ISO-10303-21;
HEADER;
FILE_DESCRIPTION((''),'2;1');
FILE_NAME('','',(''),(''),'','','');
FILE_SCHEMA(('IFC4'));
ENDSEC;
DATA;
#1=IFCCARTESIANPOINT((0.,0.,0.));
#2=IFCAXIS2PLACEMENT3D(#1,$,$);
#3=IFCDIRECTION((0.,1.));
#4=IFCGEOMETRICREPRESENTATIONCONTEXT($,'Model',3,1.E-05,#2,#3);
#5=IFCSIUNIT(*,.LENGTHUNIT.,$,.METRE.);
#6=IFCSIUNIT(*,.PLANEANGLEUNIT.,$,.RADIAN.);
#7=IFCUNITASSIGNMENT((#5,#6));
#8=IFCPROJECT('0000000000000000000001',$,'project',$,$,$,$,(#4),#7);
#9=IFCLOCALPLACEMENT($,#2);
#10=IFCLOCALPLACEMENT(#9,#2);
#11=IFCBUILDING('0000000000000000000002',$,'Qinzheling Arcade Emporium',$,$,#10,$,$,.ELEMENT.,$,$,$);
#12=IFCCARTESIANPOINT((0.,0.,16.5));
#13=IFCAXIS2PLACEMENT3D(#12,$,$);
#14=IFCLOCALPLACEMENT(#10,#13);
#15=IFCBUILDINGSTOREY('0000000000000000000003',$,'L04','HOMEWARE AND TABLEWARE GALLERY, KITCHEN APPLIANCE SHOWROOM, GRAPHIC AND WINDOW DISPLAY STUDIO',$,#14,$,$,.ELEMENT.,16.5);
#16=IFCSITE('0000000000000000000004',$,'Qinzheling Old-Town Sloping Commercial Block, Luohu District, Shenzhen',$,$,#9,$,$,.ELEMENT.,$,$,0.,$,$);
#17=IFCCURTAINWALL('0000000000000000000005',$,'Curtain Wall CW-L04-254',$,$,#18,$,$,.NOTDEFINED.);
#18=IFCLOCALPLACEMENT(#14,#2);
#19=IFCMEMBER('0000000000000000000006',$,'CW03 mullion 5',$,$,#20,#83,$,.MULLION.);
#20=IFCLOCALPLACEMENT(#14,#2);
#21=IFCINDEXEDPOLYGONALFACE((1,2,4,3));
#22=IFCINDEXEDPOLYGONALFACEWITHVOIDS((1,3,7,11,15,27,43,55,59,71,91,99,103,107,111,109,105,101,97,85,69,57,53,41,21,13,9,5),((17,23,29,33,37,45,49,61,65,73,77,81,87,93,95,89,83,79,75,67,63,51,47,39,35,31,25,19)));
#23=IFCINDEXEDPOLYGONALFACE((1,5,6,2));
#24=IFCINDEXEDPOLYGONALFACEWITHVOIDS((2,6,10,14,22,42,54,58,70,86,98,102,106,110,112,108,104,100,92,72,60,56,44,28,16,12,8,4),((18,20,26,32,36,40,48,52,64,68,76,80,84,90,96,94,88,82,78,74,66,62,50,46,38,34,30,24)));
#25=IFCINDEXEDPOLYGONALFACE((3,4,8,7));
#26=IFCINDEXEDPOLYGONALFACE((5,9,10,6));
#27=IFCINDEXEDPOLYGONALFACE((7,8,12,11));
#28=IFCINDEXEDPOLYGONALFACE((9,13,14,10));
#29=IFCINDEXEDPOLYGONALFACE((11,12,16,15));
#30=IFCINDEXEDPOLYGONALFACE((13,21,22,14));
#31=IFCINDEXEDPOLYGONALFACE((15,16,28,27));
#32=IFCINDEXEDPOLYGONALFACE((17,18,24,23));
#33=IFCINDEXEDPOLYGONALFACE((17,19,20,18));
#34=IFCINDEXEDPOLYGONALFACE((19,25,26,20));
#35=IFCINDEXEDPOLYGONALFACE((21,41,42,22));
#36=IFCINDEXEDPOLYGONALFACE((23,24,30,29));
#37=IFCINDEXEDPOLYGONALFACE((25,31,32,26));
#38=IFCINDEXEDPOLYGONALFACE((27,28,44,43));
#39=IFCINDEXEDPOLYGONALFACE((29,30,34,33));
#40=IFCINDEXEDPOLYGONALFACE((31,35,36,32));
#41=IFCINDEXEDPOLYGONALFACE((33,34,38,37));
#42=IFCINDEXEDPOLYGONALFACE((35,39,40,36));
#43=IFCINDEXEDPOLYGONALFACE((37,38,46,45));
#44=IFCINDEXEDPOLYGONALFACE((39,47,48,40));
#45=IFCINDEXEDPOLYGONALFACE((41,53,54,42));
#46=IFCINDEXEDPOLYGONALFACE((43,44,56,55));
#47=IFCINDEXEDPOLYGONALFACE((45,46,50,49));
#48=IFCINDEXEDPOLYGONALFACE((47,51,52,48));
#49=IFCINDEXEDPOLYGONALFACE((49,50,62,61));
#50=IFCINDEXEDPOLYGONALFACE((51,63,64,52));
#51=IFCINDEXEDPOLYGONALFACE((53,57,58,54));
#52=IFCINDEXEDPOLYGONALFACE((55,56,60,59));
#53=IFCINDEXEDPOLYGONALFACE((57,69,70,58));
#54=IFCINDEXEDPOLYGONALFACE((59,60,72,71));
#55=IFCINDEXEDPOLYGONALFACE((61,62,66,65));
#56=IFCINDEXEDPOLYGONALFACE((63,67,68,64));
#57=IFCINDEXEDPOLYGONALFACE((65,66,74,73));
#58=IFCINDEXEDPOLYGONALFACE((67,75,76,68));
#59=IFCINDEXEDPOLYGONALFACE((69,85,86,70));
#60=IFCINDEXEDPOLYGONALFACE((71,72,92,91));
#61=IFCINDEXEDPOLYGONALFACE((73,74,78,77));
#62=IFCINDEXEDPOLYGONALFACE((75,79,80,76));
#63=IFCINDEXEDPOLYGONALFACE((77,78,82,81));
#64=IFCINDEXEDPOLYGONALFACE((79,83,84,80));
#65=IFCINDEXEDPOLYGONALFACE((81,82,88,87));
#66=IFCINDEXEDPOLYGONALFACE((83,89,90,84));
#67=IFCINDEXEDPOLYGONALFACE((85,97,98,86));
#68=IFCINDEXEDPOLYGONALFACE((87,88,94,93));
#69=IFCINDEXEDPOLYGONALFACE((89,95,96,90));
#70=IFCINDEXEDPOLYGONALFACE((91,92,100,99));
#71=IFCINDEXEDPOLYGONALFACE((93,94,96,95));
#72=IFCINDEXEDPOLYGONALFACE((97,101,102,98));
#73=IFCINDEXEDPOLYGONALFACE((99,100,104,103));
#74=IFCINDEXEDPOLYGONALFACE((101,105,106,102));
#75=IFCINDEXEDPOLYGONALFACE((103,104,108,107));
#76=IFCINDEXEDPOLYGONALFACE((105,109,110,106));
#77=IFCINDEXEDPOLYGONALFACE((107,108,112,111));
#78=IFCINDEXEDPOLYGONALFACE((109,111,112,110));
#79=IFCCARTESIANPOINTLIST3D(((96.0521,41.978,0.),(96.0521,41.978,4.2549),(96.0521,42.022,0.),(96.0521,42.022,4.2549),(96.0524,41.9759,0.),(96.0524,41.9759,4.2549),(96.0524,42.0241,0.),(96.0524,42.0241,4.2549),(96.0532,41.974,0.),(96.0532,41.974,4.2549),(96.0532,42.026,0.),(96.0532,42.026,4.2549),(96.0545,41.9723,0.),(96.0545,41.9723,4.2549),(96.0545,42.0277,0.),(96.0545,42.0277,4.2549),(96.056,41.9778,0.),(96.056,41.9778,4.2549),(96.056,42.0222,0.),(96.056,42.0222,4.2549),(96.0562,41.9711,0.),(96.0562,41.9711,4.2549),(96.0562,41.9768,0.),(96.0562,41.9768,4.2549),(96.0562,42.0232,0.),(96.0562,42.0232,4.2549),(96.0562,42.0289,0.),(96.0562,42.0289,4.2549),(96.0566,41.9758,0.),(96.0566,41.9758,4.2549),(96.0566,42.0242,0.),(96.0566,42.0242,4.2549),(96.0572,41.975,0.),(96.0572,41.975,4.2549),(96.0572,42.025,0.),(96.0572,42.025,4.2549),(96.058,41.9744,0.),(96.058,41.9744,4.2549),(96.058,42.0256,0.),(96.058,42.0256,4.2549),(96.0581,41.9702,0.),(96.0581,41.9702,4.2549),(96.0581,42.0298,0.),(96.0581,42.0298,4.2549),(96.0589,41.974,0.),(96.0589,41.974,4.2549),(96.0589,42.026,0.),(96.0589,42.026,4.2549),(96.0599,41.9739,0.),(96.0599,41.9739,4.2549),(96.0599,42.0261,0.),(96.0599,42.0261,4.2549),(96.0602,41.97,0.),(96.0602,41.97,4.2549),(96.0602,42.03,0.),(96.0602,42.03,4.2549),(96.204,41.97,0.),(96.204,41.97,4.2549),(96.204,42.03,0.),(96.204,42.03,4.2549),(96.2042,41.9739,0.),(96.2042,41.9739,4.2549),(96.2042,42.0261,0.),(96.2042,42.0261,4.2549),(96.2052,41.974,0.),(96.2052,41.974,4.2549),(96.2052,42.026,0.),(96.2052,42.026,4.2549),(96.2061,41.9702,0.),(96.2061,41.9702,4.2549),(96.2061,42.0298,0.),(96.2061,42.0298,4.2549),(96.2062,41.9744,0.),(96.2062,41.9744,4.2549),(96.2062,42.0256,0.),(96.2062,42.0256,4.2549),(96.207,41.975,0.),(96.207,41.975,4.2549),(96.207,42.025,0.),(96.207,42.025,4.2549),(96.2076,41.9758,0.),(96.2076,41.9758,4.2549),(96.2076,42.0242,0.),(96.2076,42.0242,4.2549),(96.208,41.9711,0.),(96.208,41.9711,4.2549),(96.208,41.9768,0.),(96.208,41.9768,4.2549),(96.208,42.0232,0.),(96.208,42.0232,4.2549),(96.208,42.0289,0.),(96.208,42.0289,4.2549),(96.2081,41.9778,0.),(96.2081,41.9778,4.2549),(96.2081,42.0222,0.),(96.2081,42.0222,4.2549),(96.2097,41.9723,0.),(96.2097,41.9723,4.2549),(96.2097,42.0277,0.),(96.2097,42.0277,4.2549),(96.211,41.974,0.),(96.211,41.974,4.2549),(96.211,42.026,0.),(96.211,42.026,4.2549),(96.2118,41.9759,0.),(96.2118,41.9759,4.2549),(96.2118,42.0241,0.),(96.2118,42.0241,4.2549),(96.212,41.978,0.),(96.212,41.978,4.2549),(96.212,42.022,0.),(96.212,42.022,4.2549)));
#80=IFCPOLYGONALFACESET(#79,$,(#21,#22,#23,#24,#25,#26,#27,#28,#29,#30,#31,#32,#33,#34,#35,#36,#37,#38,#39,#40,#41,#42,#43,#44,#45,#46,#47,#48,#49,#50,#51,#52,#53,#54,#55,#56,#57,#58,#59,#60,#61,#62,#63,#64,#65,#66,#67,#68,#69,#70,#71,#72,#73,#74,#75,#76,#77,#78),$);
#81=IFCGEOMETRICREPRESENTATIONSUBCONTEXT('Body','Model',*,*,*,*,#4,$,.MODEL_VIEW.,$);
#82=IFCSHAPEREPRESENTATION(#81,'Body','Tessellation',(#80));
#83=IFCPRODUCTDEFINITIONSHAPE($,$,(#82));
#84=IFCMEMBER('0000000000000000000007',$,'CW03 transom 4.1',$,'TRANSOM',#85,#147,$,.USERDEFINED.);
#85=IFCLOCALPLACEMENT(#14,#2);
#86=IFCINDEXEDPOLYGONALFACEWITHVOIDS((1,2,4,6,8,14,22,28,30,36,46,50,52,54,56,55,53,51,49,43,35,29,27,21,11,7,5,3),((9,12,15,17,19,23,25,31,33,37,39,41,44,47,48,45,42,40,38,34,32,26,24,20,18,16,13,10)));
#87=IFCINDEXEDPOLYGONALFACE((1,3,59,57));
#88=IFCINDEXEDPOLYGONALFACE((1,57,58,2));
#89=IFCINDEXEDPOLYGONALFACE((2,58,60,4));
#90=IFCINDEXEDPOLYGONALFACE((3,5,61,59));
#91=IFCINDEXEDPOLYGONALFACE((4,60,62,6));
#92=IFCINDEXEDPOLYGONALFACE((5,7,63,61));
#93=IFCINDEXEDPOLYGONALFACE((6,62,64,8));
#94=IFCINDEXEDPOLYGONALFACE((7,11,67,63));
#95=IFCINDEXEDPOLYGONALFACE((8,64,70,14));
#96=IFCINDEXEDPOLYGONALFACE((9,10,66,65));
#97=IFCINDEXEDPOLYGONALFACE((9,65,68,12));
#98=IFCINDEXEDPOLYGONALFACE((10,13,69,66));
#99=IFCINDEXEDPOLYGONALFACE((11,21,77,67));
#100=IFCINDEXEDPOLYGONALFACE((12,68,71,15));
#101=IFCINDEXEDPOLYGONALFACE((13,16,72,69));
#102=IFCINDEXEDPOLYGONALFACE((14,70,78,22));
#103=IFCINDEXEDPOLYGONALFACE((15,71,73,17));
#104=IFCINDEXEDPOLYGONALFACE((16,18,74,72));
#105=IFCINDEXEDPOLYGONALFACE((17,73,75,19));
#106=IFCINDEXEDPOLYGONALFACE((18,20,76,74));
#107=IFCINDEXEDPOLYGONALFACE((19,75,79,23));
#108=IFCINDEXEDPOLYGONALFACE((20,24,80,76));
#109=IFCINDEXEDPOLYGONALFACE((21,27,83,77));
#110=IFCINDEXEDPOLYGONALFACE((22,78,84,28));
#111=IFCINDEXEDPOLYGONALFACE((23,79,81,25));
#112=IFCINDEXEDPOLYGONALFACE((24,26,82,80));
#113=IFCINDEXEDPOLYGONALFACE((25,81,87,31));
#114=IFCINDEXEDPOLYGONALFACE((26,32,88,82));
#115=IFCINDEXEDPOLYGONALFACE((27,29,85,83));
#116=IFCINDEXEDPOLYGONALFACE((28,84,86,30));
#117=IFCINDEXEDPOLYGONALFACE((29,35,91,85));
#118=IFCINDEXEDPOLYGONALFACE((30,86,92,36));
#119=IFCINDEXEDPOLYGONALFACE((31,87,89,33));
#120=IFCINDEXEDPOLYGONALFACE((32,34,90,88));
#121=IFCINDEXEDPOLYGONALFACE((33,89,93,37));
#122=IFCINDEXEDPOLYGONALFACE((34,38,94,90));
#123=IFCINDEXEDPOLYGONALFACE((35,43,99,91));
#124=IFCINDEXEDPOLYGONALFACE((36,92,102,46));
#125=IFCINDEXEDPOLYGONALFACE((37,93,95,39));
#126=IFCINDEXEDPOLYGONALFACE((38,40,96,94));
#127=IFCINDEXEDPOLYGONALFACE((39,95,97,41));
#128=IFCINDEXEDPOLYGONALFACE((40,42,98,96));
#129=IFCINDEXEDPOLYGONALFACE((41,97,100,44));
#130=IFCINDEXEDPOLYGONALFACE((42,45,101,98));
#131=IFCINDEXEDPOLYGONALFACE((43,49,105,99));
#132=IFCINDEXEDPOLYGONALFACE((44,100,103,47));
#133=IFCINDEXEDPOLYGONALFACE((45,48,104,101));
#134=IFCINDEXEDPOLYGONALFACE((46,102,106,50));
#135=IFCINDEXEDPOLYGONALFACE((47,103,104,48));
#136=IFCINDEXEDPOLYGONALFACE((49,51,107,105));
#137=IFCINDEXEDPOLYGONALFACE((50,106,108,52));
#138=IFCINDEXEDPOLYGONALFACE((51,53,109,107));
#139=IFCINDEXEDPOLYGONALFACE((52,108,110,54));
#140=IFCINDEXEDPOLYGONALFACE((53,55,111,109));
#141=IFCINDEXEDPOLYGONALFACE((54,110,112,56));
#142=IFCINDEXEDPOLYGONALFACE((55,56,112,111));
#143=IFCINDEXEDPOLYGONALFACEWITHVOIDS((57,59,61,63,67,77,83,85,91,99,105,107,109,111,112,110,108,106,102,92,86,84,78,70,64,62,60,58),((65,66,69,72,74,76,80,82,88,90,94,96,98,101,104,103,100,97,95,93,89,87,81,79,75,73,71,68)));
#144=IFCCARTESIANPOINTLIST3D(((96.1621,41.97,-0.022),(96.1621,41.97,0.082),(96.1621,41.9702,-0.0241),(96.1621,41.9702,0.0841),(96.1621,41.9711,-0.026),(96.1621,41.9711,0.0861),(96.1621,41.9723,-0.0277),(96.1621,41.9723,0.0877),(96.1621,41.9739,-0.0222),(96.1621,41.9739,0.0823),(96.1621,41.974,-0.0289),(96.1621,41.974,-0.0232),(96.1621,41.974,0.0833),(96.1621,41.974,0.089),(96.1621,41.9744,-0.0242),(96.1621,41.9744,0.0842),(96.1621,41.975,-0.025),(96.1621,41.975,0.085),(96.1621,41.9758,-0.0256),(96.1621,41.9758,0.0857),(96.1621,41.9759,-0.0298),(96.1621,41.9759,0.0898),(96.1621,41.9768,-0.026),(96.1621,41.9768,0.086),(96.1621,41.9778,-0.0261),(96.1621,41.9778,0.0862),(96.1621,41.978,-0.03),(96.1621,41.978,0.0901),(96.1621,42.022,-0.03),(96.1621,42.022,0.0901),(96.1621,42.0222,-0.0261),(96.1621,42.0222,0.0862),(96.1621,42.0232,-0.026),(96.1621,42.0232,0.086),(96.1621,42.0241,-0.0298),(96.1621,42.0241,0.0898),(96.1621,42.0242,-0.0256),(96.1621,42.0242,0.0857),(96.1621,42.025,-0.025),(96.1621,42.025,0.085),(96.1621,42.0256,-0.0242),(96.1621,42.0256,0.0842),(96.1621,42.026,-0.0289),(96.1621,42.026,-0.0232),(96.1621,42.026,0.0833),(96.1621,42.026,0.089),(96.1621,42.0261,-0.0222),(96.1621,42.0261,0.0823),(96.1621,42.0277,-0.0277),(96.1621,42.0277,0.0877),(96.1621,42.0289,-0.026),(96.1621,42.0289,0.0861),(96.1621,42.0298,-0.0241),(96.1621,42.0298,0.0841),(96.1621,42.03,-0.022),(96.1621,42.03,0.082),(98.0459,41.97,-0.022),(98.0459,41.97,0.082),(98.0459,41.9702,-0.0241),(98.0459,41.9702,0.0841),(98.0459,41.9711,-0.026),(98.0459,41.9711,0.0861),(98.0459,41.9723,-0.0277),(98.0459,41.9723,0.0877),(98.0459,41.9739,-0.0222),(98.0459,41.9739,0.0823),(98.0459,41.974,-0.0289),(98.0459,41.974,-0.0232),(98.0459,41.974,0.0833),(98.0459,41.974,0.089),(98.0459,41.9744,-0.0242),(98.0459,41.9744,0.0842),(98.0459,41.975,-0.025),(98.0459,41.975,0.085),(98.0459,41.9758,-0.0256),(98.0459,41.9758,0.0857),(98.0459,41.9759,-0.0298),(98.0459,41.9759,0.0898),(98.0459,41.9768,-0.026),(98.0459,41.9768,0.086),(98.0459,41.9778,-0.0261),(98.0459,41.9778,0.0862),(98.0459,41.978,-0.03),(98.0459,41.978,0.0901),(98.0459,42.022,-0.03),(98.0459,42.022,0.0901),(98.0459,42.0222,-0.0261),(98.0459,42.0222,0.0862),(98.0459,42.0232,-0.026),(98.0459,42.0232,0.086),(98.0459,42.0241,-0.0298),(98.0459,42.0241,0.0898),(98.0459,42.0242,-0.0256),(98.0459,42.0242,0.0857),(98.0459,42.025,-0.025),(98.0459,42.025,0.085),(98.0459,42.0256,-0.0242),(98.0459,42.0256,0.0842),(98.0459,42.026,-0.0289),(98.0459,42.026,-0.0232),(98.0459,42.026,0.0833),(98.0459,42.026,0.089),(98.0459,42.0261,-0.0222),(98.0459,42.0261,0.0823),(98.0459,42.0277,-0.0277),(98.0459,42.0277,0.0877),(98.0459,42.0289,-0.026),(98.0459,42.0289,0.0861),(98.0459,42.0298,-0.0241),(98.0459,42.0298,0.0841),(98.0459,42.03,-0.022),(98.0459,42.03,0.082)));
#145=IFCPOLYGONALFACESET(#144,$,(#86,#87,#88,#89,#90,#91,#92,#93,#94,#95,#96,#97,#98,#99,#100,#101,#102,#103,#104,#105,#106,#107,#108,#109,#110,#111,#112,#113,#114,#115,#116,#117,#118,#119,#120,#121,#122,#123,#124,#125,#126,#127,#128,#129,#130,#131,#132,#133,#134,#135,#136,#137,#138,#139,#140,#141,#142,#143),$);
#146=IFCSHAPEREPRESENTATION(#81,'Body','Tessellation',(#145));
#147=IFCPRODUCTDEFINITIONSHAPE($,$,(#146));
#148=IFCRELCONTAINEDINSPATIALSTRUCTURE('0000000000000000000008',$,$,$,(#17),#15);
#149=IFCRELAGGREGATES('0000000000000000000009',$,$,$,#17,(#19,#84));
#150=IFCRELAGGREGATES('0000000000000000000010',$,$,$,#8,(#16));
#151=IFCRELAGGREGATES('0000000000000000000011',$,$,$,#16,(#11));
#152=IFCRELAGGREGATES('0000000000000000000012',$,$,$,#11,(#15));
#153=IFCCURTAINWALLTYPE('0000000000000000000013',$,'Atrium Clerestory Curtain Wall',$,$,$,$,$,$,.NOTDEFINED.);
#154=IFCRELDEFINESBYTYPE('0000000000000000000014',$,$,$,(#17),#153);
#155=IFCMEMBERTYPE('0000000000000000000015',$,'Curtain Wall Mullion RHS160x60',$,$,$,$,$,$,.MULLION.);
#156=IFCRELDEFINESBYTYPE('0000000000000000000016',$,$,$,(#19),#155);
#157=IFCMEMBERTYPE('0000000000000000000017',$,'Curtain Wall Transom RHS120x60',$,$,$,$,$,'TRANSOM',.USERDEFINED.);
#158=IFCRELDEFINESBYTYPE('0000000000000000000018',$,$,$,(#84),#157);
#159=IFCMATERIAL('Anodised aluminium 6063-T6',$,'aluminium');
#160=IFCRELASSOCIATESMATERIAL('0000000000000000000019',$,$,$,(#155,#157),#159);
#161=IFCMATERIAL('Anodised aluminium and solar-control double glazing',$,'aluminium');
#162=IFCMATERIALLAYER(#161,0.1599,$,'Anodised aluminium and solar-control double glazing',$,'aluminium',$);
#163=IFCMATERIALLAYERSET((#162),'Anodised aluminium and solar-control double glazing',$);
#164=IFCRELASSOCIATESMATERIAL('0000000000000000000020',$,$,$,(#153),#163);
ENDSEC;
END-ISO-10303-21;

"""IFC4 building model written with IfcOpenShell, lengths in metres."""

from ifc_helpers import new_model, si_unit, direction, frame, origin, origin_2d, place, context, subcontext, project, spatial, hollow_rectangle, extrude, material, layer, layer_set, material_profile, profile_set, type_object, element, aggregate, save


model = new_model("IFC4")

# Units and contexts
model_context = context("Model", 3, precision=1e-05, world=origin(), true_north=direction((0.0, 1.0)))
body_context = subcontext(model_context, "Body", "Model", "MODEL_VIEW")
ifc_project = project(units=[si_unit("LENGTHUNIT", "METRE"), si_unit("PLANEANGLEUNIT", "RADIAN")], contexts=[model_context])

# Site, building, storey
site_placement = place(None, origin())
site = spatial("IfcSite", under=ifc_project, at=site_placement, Name="Qinzheling Old-Town Sloping Commercial Block, Luohu District, Shenzhen", CompositionType="ELEMENT", RefElevation=0.0)
building_placement = place(site_placement, origin())
building = spatial("IfcBuilding", under=site, at=building_placement, Name="Qinzheling Arcade Emporium", CompositionType="ELEMENT")
storey_placement = place(building_placement, frame((0.0, 0.0, 16.5)))
storey = spatial("IfcBuildingStorey", under=building, at=storey_placement, Name="L04", Description="HOMEWARE AND TABLEWARE GALLERY, KITCHEN APPLIANCE SHOWROOM, GRAPHIC AND WINDOW DISPLAY STUDIO", CompositionType="ELEMENT", Elevation=16.5)

# Shared definitions
ifc_material_1 = material(Name="Anodised aluminium and solar-control double glazing", Category="aluminium")
ifc_material_2 = material(Name="Anodised aluminium 6063-T6", Category="aluminium")
ifc_material_profile_1 = material_profile(ifc_material_2, hollow_rectangle(XDim=0.0601, YDim=0.1599, WallThickness=0.0039, InnerFilletRadius=0.0039, OuterFilletRadius=0.0081, at=origin_2d()), Name="RHS 160x60x4", Category="aluminium")
ifc_profile_set_1 = profile_set([ifc_material_profile_1], Name="Anodised aluminium 6063-T6")
member_type_1 = type_object("IfcMemberType", Name="Curtain Wall Mullion RHS160x60", PredefinedType="MULLION", material=ifc_profile_set_1)

# Curtain wall, members
ifc_layer_1 = layer(ifc_material_1, 0.1599, Name="Anodised aluminium and solar-control double glazing", Category="aluminium")
ifc_layer_set_1 = layer_set([ifc_layer_1], Name="Anodised aluminium and solar-control double glazing")
curtain_wall_type_1 = type_object("IfcCurtainWallType", Name="Atrium Clerestory Curtain Wall", PredefinedType="NOTDEFINED", material=ifc_layer_set_1)
curtain_wall_1_placement = place(storey_placement, origin())
curtain_wall_1 = element("IfcCurtainWall", 1, at=curtain_wall_1_placement, inside=storey, type_object=curtain_wall_type_1, Name="Curtain Wall CW-L04-254", PredefinedType="NOTDEFINED")
member_1_placement = place(storey_placement, frame((96.1321, 42.0, 0.0), z_axis=(0.0, 0.0, 1.0), x_axis=(0.0, -1.0, 0.0)))
member_1 = element("IfcMember", 2, at=member_1_placement, type_object=member_type_1, Name="CW03 mullion 5", PredefinedType="MULLION", context=body_context, shape_type="SweptSolid", body=[
    extrude(hollow_rectangle(XDim=0.0601, YDim=0.1599, WallThickness=0.0039, InnerFilletRadius=0.0039, OuterFilletRadius=0.0081, at=origin_2d()), origin(), (0.0, 0.0, 1.0), 4.2549),
])
ifc_material_profile_2 = material_profile(ifc_material_2, hollow_rectangle(XDim=0.0601, YDim=0.1201, WallThickness=0.0039, InnerFilletRadius=0.0039, OuterFilletRadius=0.0081, at=origin_2d()), Name="RHS 120x60x4", Category="aluminium")
ifc_profile_set_2 = profile_set([ifc_material_profile_2], Name="Anodised aluminium 6063-T6")
member_type_2 = type_object("IfcMemberType", Name="Curtain Wall Transom RHS120x60", ElementType="TRANSOM", PredefinedType="USERDEFINED", material=ifc_profile_set_2)
member_2_placement = place(storey_placement, frame((98.0459, 42.0, 0.03), z_axis=(-1.0, 0.0, 0.0), x_axis=(0.0, -1.0, 0.0)))
member_2 = element("IfcMember", 3, at=member_2_placement, type_object=member_type_2, Name="CW03 transom 4.1", ObjectType="TRANSOM", PredefinedType="USERDEFINED", context=body_context, shape_type="SweptSolid", body=[
    extrude(hollow_rectangle(XDim=0.0601, YDim=0.1201, WallThickness=0.0039, InnerFilletRadius=0.0039, OuterFilletRadius=0.0081, at=origin_2d()), origin(), (0.0, 0.0, 1.0), 1.8838),
])

aggregate(curtain_wall_1, [member_1, member_2])

save(model, "model.ifc")
